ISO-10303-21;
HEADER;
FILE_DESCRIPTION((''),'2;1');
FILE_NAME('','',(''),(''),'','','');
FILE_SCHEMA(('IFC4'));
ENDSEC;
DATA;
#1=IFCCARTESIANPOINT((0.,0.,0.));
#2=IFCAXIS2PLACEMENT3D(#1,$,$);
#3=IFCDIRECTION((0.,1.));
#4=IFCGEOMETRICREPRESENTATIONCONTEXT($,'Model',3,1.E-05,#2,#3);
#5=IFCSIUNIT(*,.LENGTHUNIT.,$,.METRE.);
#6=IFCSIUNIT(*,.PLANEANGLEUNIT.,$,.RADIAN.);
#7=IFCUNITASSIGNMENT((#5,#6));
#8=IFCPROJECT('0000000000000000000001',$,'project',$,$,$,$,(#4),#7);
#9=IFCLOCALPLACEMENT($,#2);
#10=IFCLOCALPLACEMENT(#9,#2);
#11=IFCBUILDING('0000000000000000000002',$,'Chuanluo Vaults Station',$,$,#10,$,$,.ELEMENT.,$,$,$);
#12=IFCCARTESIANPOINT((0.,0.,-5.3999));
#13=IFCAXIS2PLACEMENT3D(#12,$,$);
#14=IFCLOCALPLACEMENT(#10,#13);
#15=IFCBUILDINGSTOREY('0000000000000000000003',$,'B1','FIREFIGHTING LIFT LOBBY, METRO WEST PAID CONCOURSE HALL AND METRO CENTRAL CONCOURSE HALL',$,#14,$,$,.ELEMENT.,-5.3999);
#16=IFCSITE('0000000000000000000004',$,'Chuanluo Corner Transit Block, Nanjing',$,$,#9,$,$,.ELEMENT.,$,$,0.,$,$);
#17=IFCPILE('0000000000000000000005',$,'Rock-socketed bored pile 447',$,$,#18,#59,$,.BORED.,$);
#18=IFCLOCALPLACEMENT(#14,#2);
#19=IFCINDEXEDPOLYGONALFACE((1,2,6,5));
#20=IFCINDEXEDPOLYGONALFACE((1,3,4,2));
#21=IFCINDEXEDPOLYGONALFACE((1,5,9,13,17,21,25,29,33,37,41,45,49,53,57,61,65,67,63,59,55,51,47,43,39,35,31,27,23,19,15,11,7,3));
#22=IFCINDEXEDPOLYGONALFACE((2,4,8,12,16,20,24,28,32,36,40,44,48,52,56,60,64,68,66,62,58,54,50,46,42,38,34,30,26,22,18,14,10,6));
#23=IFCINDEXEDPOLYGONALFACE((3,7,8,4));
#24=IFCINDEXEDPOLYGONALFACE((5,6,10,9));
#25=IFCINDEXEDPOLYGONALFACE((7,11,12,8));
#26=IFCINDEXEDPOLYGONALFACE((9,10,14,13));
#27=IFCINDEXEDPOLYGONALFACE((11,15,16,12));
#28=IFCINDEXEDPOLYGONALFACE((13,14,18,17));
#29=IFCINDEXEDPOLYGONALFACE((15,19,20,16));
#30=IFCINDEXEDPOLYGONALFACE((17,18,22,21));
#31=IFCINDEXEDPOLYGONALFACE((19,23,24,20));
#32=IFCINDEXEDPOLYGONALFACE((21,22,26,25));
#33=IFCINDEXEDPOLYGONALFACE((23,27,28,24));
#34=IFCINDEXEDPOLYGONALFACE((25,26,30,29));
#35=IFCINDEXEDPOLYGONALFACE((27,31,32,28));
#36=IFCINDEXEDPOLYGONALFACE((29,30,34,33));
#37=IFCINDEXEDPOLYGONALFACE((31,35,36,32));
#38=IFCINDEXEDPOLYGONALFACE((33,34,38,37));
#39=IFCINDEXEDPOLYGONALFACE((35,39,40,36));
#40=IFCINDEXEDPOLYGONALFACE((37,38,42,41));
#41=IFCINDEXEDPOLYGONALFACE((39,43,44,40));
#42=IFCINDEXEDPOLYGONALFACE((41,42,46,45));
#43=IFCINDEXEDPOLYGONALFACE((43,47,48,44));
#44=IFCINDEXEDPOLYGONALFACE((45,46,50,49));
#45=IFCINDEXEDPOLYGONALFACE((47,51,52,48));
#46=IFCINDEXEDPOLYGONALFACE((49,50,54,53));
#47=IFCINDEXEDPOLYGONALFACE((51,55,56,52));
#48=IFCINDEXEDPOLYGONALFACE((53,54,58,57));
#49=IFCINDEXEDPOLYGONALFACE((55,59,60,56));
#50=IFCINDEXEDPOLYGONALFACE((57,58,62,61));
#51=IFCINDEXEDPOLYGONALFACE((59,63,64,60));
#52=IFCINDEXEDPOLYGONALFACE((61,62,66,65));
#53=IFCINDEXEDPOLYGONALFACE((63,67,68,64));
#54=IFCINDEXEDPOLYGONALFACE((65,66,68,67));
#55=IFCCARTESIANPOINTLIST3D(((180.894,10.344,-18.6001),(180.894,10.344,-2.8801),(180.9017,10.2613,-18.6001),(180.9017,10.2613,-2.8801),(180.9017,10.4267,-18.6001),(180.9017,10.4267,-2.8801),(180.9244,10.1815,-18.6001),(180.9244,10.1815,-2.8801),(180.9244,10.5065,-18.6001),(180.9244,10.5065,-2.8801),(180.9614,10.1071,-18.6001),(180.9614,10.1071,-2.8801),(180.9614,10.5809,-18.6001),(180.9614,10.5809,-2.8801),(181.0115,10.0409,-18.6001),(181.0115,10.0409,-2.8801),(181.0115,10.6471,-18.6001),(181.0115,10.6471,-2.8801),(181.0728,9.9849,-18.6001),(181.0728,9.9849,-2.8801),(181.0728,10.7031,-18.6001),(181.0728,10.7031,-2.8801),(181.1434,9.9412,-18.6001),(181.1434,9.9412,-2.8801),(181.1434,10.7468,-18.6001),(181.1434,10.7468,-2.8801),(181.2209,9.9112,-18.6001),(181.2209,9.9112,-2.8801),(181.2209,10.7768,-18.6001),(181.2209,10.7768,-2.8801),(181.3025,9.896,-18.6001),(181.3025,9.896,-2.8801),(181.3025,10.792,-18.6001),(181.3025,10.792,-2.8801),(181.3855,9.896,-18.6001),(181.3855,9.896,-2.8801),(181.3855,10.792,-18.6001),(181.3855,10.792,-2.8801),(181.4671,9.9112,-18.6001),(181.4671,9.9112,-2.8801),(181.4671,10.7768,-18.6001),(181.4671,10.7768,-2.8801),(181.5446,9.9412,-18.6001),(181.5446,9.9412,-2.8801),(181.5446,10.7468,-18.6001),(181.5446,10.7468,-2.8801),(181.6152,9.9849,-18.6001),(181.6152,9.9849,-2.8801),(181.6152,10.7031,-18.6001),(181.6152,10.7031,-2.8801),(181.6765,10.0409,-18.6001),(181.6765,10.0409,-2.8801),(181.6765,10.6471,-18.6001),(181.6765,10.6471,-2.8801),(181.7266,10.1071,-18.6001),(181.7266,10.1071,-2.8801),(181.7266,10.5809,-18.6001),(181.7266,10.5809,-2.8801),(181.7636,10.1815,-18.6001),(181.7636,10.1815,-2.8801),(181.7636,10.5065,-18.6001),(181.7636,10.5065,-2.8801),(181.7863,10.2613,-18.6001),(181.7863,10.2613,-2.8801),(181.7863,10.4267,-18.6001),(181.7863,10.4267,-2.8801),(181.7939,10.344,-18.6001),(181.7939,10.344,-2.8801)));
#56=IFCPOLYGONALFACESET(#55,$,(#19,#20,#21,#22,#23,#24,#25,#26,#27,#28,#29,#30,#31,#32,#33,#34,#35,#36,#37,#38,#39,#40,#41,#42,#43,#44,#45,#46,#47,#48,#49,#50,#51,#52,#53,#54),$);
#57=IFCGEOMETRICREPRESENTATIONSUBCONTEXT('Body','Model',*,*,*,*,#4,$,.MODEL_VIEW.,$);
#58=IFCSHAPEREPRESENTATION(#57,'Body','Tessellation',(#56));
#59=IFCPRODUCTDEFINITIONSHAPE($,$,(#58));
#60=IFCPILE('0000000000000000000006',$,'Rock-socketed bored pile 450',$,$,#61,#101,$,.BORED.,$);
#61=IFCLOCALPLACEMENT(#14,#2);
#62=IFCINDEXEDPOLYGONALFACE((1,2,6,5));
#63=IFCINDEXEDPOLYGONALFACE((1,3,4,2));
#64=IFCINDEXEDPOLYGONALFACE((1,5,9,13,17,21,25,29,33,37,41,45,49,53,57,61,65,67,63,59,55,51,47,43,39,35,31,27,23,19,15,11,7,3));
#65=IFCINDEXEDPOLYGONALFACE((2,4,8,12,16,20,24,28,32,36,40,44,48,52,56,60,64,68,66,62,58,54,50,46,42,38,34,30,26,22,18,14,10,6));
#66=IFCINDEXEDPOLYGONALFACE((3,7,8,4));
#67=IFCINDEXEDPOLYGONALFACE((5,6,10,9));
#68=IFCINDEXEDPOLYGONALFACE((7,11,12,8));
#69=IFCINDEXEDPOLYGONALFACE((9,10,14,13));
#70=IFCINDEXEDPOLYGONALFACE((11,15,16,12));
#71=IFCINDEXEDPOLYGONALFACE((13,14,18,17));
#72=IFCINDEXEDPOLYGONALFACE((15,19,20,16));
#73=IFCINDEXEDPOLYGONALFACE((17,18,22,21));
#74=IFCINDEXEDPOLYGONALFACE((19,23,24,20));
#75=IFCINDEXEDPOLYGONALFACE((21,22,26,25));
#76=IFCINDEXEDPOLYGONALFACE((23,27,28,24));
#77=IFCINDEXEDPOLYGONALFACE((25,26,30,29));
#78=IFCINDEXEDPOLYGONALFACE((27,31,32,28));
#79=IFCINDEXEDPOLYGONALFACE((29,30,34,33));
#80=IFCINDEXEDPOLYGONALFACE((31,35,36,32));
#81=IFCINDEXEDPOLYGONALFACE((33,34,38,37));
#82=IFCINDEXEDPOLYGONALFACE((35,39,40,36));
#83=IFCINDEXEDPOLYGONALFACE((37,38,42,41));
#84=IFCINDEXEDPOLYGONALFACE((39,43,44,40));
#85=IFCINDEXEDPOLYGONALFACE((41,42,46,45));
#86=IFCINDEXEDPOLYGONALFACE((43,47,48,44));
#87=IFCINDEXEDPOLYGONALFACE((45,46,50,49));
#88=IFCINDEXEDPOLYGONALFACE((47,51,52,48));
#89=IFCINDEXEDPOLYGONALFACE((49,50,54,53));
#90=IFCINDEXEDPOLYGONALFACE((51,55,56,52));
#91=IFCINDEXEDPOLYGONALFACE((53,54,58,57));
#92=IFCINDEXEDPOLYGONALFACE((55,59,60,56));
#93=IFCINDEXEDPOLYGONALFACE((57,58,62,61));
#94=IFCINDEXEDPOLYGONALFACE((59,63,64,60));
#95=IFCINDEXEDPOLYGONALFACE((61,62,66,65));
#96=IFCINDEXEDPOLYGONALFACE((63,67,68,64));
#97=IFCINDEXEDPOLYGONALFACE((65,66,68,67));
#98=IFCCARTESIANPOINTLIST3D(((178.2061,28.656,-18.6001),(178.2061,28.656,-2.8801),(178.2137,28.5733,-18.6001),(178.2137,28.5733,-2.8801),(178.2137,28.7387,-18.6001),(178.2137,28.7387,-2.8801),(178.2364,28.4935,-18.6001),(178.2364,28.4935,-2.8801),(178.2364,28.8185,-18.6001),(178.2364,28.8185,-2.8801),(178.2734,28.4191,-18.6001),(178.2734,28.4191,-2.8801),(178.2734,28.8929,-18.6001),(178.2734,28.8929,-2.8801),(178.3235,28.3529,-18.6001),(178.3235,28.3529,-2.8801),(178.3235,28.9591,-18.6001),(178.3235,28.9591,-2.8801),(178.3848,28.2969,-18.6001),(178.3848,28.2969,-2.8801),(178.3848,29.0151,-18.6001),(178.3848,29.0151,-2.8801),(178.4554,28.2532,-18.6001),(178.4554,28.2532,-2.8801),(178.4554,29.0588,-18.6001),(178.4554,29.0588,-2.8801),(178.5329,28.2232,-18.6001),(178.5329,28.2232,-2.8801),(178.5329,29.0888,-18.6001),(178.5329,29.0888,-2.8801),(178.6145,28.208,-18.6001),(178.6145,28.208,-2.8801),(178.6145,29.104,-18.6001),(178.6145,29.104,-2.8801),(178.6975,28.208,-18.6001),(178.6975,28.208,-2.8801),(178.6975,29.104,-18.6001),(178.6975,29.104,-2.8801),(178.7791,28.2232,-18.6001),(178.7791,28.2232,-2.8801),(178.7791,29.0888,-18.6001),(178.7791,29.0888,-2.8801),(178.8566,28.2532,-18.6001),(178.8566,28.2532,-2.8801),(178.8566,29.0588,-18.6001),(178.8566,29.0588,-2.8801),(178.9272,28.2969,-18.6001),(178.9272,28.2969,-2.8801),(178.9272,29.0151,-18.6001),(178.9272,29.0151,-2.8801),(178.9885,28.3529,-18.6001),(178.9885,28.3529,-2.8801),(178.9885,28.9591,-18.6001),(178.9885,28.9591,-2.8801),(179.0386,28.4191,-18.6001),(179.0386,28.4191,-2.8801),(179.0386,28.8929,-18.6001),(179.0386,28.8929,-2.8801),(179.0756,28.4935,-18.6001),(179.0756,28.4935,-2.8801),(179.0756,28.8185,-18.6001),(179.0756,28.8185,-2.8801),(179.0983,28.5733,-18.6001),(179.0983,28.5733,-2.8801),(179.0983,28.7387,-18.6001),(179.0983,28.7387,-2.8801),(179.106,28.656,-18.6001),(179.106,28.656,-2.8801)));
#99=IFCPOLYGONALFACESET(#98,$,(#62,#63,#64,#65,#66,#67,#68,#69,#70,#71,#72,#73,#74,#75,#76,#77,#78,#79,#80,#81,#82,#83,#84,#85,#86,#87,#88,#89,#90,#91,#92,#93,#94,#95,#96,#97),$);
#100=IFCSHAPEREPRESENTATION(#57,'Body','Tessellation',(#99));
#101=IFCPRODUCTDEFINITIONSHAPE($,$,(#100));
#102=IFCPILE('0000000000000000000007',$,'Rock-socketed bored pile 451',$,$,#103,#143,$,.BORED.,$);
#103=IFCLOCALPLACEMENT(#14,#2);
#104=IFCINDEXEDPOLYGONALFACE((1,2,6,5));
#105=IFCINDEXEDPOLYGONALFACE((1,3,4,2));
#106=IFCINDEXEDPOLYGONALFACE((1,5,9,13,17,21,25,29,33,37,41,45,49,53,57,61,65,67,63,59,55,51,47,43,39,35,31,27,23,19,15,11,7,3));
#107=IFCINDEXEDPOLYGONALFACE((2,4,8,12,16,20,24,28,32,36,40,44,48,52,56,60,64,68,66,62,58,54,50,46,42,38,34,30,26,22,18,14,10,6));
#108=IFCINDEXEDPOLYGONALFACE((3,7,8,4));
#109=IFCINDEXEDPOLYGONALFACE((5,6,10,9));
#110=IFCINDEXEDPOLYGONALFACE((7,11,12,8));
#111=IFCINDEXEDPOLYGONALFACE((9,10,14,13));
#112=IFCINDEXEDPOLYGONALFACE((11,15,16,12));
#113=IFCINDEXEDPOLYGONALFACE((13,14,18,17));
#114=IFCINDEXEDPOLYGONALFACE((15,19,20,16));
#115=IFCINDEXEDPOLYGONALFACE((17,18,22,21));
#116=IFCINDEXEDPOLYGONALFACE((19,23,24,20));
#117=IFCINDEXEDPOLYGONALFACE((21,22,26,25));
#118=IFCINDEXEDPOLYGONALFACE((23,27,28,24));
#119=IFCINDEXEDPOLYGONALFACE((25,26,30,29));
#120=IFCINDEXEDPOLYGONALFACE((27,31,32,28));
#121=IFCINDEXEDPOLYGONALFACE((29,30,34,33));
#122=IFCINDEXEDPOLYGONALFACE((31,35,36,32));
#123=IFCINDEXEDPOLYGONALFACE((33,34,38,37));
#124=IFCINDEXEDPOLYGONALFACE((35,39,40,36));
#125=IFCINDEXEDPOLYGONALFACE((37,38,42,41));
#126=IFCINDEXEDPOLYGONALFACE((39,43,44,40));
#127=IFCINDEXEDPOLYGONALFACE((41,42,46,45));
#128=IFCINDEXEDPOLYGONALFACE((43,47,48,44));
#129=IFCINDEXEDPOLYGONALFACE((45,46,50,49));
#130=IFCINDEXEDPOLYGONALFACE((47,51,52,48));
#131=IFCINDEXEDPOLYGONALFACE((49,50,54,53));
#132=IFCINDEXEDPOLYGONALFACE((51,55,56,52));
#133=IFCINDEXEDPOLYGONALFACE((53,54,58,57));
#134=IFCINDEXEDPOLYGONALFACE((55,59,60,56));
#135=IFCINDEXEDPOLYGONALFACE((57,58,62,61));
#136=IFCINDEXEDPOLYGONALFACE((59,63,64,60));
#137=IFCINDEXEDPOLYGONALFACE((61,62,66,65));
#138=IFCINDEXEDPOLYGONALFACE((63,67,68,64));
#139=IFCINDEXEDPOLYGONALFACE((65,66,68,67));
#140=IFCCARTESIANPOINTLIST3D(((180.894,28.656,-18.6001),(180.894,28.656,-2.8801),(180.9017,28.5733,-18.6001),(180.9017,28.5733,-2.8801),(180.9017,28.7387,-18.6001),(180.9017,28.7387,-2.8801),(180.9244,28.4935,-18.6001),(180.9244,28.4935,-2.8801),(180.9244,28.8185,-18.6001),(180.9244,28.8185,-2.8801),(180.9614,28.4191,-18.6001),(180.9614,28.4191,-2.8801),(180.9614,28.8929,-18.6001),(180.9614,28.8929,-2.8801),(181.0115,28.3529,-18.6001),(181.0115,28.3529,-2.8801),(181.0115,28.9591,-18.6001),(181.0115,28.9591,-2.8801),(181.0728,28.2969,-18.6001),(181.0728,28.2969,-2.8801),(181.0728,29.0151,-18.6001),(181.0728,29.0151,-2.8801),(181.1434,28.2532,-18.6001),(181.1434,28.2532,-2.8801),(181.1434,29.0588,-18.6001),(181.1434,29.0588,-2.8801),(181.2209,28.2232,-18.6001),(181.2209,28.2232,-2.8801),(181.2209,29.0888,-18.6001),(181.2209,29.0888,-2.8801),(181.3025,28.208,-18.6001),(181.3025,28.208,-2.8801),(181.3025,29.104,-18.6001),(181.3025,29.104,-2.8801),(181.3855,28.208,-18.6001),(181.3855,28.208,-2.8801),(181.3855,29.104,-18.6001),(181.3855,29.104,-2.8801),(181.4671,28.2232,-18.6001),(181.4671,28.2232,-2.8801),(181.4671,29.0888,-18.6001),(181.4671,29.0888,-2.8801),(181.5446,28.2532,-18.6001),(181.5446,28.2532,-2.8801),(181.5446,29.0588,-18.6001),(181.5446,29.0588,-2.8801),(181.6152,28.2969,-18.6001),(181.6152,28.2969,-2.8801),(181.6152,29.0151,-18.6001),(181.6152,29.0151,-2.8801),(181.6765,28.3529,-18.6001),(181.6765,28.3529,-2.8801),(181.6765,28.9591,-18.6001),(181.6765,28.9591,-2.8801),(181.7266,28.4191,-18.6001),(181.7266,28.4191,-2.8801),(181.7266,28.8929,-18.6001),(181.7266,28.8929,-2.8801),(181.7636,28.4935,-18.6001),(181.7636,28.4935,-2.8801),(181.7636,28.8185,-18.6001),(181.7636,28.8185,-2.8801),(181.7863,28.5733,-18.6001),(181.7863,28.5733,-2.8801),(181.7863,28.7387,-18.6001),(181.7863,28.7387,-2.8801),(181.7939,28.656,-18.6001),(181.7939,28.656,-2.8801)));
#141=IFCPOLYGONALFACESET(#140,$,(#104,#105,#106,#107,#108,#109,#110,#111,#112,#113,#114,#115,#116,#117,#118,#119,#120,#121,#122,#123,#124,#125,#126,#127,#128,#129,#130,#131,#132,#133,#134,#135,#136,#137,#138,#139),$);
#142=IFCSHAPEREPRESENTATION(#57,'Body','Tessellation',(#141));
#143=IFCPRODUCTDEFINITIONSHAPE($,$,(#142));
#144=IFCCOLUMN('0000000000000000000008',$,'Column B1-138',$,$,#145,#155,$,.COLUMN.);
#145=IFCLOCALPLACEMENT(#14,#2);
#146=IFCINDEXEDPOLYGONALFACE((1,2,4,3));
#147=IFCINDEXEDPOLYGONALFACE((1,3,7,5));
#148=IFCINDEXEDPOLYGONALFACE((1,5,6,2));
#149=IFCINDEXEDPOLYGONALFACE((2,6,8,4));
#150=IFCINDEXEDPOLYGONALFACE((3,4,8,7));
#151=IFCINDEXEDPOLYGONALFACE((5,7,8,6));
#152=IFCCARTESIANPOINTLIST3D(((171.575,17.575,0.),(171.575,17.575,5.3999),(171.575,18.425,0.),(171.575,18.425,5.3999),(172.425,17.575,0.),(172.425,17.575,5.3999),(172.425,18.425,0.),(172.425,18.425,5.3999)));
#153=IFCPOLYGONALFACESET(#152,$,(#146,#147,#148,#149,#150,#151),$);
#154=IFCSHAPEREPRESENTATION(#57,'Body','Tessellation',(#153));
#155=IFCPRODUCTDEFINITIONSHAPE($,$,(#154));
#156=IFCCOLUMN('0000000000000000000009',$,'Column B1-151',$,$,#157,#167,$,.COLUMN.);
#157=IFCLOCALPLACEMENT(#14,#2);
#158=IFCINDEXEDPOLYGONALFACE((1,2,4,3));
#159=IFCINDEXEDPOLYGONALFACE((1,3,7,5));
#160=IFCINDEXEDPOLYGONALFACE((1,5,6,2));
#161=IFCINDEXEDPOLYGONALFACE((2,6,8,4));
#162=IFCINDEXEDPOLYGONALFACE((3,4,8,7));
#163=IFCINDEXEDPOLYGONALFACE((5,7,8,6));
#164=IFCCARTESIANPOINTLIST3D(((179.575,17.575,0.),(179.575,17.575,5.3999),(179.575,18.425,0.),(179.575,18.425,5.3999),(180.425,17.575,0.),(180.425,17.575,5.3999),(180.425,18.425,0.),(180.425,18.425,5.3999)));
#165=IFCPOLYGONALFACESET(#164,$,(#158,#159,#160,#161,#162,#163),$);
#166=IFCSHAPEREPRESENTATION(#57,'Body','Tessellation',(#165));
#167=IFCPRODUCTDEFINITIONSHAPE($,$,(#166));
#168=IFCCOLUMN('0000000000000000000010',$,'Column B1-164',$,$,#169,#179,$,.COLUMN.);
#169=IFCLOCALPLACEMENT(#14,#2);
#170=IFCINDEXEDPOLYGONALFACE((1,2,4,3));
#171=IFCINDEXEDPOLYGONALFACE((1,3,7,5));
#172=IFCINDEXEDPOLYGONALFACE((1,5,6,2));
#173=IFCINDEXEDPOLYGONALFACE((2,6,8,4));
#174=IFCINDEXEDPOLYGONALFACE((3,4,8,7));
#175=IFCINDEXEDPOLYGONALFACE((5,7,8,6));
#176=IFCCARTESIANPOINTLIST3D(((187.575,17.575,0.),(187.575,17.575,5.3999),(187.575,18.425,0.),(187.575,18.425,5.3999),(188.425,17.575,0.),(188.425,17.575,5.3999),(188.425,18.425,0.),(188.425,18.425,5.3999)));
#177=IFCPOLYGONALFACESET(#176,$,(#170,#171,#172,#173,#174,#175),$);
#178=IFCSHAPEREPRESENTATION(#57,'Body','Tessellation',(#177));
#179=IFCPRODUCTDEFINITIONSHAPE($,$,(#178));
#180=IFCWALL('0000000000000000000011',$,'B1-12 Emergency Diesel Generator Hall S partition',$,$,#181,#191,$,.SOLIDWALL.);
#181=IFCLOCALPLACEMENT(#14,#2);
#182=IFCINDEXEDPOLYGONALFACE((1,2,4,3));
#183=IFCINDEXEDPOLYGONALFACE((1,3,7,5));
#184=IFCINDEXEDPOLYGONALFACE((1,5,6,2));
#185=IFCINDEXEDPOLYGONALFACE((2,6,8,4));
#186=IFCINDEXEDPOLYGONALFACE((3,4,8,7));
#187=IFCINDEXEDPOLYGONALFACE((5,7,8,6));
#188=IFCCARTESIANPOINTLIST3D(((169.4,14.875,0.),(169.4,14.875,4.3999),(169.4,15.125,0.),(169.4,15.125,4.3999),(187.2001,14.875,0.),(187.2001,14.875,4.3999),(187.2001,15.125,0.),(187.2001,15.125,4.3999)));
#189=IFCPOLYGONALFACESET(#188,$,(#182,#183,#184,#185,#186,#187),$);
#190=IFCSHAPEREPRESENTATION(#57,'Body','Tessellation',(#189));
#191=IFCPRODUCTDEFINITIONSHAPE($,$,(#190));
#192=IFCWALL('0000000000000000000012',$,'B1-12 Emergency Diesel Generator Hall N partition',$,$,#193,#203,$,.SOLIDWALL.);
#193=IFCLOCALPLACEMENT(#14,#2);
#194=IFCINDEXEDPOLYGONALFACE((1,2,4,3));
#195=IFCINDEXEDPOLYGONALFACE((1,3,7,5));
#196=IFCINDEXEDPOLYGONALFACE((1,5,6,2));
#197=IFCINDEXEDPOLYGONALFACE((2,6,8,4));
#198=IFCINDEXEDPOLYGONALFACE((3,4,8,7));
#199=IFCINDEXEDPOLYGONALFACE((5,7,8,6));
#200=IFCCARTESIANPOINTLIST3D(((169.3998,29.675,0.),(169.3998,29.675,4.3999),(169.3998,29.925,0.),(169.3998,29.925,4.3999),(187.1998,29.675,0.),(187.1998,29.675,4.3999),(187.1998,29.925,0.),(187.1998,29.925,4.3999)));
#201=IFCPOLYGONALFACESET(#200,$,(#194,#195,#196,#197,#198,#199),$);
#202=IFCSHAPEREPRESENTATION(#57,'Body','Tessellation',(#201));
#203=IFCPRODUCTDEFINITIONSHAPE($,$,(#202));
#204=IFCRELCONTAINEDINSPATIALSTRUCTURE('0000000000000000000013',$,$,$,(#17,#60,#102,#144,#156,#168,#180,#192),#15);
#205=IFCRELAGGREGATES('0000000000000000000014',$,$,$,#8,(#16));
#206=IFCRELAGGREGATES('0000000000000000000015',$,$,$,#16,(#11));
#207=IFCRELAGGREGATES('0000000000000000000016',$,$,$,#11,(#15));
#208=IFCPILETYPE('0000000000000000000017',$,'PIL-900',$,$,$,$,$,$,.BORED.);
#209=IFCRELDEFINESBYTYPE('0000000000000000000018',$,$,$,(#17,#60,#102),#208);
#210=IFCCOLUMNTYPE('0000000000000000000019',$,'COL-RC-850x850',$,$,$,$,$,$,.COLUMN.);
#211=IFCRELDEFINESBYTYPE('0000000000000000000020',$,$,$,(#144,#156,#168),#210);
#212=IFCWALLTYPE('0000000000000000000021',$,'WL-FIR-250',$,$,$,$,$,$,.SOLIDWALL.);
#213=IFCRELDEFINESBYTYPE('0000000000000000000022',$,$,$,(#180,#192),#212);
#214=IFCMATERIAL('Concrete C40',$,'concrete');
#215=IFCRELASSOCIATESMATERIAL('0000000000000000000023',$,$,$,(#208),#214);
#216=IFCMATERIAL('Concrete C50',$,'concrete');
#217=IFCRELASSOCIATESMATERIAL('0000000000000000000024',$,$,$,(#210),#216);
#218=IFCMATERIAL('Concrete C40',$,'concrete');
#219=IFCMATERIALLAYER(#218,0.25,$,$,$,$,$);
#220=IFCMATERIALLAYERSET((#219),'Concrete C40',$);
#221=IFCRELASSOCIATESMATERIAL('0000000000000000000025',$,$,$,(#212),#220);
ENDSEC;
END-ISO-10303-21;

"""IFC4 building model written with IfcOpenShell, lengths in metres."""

from ifc_helpers import new_model, si_unit, direction, frame, frame_2d, origin, origin_2d, place, context, subcontext, project, spatial, rectangle, circle, extrude, material, layer, layer_set, material_profile, profile_set, type_object, element, save


model = new_model("IFC4")

# Units and contexts
model_context = context("Model", 3, precision=1e-05, world=origin(), true_north=direction((0.0, 1.0)))
body_context = subcontext(model_context, "Body", "Model", "MODEL_VIEW")
ifc_project = project(units=[si_unit("LENGTHUNIT", "METRE"), si_unit("PLANEANGLEUNIT", "RADIAN")], contexts=[model_context])

# Site, building, storey
site_placement = place(None, origin())
site = spatial("IfcSite", under=ifc_project, at=site_placement, Name="Chuanluo Corner Transit Block, Nanjing", CompositionType="ELEMENT", RefElevation=0.0)
building_placement = place(site_placement, origin())
building = spatial("IfcBuilding", under=site, at=building_placement, Name="Chuanluo Vaults Station", CompositionType="ELEMENT")
storey_placement = place(building_placement, frame((0.0, 0.0, -5.3999)))
storey = spatial("IfcBuildingStorey", under=building, at=storey_placement, Name="B1", Description="FIREFIGHTING LIFT LOBBY, METRO WEST PAID CONCOURSE HALL AND METRO CENTRAL CONCOURSE HALL", CompositionType="ELEMENT", Elevation=-5.3999)

# Piles
ifc_material_1 = material(Name="Concrete C40", Category="concrete")
ifc_material_profile_1 = material_profile(ifc_material_1, circle(Radius=0.45, at=origin_2d()))
ifc_profile_set_1 = profile_set([ifc_material_profile_1], Name="Concrete C40")
pile_type_1 = type_object("IfcPileType", Name="PIL-900", PredefinedType="BORED", material=ifc_profile_set_1)
for number, where, z_axis, x_axis, name in (
    (1, (181.344, 10.344, -2.8801), (0.0, 0.0, -1.0), (1.0, 0.0, 0.0), "Rock-socketed bored pile 447"),
    (2, (178.656, 28.656, -2.8801), (0.0, 0.0, -1.0), (1.0, 0.0, 0.0), "Rock-socketed bored pile 450"),
    (3, (181.344, 28.656, -2.8801), (0.0, 0.0, -1.0), (1.0, 0.0, 0.0), "Rock-socketed bored pile 451"),
):
    element("IfcPile", number, at=place(storey_placement, frame(where, z_axis=z_axis, x_axis=x_axis)), inside=storey, type_object=pile_type_1, Name=name, PredefinedType="BORED", context=body_context, shape_type="SweptSolid", body=[
        extrude(circle(Radius=0.45, at=origin_2d()), origin(), (0.0, 0.0, 1.0), 15.72),
    ])

# Columns
ifc_material_2 = material(Name="Concrete C50", Category="concrete")
ifc_material_profile_2 = material_profile(ifc_material_2, rectangle(XDim=0.8501, YDim=0.8501, at=origin_2d()))
ifc_profile_set_2 = profile_set([ifc_material_profile_2], Name="Concrete C50")
column_type = type_object("IfcColumnType", Name="COL-RC-850x850", PredefinedType="COLUMN", material=ifc_profile_set_2)
for number, where, z_axis, x_axis, name in (
    (4, (172.0, 18.0, 0.0), (0.0, 0.0, 1.0), (1.0, 0.0, 0.0), "Column B1-138"),
    (5, (180.0, 18.0, 0.0), (0.0, 0.0, 1.0), (1.0, 0.0, 0.0), "Column B1-151"),
    (6, (188.0, 18.0, 0.0), (0.0, 0.0, 1.0), (1.0, 0.0, 0.0), "Column B1-164"),
):
    element("IfcColumn", number, at=place(storey_placement, frame(where, z_axis=z_axis, x_axis=x_axis)), inside=storey, type_object=column_type, Name=name, PredefinedType="COLUMN", context=body_context, shape_type="SweptSolid", body=[
        extrude(rectangle(XDim=0.8501, YDim=0.8501, at=origin_2d()), origin(), (0.0, 0.0, 1.0), 5.3999),
    ])

# Walls
ifc_material_3 = material(Name="Concrete C40", Category="concrete")
ifc_layer_1 = layer(ifc_material_3, 0.25)
ifc_layer_set_1 = layer_set([ifc_layer_1], Name="Concrete C40")
wall_type_1 = type_object("IfcWallType", Name="WL-FIR-250", PredefinedType="SOLIDWALL", material=ifc_layer_set_1)
for number, where, z_axis, x_axis, name in (
    (7, (187.2, 15.0, 0.0), (0.0, 0.0, 1.0), (-1.0, 0.0, 0.0), "B1-12 Emergency Diesel Generator Hall S partition"),
    (8, (169.3999, 29.8, 0.0), (0.0, 0.0, 1.0), (1.0, 0.0, 0.0), "B1-12 Emergency Diesel Generator Hall N partition"),
):
    element("IfcWall", number, at=place(storey_placement, frame(where, z_axis=z_axis, x_axis=x_axis)), inside=storey, type_object=wall_type_1, Name=name, PredefinedType="SOLIDWALL", context=body_context, shape_type="SweptSolid", body=[
        extrude(rectangle(XDim=17.8, YDim=0.25, at=frame_2d((8.8999, 0.0))), origin(), (0.0, 0.0, 1.0), 4.3999),
    ])

save(model, "model.ifc")
